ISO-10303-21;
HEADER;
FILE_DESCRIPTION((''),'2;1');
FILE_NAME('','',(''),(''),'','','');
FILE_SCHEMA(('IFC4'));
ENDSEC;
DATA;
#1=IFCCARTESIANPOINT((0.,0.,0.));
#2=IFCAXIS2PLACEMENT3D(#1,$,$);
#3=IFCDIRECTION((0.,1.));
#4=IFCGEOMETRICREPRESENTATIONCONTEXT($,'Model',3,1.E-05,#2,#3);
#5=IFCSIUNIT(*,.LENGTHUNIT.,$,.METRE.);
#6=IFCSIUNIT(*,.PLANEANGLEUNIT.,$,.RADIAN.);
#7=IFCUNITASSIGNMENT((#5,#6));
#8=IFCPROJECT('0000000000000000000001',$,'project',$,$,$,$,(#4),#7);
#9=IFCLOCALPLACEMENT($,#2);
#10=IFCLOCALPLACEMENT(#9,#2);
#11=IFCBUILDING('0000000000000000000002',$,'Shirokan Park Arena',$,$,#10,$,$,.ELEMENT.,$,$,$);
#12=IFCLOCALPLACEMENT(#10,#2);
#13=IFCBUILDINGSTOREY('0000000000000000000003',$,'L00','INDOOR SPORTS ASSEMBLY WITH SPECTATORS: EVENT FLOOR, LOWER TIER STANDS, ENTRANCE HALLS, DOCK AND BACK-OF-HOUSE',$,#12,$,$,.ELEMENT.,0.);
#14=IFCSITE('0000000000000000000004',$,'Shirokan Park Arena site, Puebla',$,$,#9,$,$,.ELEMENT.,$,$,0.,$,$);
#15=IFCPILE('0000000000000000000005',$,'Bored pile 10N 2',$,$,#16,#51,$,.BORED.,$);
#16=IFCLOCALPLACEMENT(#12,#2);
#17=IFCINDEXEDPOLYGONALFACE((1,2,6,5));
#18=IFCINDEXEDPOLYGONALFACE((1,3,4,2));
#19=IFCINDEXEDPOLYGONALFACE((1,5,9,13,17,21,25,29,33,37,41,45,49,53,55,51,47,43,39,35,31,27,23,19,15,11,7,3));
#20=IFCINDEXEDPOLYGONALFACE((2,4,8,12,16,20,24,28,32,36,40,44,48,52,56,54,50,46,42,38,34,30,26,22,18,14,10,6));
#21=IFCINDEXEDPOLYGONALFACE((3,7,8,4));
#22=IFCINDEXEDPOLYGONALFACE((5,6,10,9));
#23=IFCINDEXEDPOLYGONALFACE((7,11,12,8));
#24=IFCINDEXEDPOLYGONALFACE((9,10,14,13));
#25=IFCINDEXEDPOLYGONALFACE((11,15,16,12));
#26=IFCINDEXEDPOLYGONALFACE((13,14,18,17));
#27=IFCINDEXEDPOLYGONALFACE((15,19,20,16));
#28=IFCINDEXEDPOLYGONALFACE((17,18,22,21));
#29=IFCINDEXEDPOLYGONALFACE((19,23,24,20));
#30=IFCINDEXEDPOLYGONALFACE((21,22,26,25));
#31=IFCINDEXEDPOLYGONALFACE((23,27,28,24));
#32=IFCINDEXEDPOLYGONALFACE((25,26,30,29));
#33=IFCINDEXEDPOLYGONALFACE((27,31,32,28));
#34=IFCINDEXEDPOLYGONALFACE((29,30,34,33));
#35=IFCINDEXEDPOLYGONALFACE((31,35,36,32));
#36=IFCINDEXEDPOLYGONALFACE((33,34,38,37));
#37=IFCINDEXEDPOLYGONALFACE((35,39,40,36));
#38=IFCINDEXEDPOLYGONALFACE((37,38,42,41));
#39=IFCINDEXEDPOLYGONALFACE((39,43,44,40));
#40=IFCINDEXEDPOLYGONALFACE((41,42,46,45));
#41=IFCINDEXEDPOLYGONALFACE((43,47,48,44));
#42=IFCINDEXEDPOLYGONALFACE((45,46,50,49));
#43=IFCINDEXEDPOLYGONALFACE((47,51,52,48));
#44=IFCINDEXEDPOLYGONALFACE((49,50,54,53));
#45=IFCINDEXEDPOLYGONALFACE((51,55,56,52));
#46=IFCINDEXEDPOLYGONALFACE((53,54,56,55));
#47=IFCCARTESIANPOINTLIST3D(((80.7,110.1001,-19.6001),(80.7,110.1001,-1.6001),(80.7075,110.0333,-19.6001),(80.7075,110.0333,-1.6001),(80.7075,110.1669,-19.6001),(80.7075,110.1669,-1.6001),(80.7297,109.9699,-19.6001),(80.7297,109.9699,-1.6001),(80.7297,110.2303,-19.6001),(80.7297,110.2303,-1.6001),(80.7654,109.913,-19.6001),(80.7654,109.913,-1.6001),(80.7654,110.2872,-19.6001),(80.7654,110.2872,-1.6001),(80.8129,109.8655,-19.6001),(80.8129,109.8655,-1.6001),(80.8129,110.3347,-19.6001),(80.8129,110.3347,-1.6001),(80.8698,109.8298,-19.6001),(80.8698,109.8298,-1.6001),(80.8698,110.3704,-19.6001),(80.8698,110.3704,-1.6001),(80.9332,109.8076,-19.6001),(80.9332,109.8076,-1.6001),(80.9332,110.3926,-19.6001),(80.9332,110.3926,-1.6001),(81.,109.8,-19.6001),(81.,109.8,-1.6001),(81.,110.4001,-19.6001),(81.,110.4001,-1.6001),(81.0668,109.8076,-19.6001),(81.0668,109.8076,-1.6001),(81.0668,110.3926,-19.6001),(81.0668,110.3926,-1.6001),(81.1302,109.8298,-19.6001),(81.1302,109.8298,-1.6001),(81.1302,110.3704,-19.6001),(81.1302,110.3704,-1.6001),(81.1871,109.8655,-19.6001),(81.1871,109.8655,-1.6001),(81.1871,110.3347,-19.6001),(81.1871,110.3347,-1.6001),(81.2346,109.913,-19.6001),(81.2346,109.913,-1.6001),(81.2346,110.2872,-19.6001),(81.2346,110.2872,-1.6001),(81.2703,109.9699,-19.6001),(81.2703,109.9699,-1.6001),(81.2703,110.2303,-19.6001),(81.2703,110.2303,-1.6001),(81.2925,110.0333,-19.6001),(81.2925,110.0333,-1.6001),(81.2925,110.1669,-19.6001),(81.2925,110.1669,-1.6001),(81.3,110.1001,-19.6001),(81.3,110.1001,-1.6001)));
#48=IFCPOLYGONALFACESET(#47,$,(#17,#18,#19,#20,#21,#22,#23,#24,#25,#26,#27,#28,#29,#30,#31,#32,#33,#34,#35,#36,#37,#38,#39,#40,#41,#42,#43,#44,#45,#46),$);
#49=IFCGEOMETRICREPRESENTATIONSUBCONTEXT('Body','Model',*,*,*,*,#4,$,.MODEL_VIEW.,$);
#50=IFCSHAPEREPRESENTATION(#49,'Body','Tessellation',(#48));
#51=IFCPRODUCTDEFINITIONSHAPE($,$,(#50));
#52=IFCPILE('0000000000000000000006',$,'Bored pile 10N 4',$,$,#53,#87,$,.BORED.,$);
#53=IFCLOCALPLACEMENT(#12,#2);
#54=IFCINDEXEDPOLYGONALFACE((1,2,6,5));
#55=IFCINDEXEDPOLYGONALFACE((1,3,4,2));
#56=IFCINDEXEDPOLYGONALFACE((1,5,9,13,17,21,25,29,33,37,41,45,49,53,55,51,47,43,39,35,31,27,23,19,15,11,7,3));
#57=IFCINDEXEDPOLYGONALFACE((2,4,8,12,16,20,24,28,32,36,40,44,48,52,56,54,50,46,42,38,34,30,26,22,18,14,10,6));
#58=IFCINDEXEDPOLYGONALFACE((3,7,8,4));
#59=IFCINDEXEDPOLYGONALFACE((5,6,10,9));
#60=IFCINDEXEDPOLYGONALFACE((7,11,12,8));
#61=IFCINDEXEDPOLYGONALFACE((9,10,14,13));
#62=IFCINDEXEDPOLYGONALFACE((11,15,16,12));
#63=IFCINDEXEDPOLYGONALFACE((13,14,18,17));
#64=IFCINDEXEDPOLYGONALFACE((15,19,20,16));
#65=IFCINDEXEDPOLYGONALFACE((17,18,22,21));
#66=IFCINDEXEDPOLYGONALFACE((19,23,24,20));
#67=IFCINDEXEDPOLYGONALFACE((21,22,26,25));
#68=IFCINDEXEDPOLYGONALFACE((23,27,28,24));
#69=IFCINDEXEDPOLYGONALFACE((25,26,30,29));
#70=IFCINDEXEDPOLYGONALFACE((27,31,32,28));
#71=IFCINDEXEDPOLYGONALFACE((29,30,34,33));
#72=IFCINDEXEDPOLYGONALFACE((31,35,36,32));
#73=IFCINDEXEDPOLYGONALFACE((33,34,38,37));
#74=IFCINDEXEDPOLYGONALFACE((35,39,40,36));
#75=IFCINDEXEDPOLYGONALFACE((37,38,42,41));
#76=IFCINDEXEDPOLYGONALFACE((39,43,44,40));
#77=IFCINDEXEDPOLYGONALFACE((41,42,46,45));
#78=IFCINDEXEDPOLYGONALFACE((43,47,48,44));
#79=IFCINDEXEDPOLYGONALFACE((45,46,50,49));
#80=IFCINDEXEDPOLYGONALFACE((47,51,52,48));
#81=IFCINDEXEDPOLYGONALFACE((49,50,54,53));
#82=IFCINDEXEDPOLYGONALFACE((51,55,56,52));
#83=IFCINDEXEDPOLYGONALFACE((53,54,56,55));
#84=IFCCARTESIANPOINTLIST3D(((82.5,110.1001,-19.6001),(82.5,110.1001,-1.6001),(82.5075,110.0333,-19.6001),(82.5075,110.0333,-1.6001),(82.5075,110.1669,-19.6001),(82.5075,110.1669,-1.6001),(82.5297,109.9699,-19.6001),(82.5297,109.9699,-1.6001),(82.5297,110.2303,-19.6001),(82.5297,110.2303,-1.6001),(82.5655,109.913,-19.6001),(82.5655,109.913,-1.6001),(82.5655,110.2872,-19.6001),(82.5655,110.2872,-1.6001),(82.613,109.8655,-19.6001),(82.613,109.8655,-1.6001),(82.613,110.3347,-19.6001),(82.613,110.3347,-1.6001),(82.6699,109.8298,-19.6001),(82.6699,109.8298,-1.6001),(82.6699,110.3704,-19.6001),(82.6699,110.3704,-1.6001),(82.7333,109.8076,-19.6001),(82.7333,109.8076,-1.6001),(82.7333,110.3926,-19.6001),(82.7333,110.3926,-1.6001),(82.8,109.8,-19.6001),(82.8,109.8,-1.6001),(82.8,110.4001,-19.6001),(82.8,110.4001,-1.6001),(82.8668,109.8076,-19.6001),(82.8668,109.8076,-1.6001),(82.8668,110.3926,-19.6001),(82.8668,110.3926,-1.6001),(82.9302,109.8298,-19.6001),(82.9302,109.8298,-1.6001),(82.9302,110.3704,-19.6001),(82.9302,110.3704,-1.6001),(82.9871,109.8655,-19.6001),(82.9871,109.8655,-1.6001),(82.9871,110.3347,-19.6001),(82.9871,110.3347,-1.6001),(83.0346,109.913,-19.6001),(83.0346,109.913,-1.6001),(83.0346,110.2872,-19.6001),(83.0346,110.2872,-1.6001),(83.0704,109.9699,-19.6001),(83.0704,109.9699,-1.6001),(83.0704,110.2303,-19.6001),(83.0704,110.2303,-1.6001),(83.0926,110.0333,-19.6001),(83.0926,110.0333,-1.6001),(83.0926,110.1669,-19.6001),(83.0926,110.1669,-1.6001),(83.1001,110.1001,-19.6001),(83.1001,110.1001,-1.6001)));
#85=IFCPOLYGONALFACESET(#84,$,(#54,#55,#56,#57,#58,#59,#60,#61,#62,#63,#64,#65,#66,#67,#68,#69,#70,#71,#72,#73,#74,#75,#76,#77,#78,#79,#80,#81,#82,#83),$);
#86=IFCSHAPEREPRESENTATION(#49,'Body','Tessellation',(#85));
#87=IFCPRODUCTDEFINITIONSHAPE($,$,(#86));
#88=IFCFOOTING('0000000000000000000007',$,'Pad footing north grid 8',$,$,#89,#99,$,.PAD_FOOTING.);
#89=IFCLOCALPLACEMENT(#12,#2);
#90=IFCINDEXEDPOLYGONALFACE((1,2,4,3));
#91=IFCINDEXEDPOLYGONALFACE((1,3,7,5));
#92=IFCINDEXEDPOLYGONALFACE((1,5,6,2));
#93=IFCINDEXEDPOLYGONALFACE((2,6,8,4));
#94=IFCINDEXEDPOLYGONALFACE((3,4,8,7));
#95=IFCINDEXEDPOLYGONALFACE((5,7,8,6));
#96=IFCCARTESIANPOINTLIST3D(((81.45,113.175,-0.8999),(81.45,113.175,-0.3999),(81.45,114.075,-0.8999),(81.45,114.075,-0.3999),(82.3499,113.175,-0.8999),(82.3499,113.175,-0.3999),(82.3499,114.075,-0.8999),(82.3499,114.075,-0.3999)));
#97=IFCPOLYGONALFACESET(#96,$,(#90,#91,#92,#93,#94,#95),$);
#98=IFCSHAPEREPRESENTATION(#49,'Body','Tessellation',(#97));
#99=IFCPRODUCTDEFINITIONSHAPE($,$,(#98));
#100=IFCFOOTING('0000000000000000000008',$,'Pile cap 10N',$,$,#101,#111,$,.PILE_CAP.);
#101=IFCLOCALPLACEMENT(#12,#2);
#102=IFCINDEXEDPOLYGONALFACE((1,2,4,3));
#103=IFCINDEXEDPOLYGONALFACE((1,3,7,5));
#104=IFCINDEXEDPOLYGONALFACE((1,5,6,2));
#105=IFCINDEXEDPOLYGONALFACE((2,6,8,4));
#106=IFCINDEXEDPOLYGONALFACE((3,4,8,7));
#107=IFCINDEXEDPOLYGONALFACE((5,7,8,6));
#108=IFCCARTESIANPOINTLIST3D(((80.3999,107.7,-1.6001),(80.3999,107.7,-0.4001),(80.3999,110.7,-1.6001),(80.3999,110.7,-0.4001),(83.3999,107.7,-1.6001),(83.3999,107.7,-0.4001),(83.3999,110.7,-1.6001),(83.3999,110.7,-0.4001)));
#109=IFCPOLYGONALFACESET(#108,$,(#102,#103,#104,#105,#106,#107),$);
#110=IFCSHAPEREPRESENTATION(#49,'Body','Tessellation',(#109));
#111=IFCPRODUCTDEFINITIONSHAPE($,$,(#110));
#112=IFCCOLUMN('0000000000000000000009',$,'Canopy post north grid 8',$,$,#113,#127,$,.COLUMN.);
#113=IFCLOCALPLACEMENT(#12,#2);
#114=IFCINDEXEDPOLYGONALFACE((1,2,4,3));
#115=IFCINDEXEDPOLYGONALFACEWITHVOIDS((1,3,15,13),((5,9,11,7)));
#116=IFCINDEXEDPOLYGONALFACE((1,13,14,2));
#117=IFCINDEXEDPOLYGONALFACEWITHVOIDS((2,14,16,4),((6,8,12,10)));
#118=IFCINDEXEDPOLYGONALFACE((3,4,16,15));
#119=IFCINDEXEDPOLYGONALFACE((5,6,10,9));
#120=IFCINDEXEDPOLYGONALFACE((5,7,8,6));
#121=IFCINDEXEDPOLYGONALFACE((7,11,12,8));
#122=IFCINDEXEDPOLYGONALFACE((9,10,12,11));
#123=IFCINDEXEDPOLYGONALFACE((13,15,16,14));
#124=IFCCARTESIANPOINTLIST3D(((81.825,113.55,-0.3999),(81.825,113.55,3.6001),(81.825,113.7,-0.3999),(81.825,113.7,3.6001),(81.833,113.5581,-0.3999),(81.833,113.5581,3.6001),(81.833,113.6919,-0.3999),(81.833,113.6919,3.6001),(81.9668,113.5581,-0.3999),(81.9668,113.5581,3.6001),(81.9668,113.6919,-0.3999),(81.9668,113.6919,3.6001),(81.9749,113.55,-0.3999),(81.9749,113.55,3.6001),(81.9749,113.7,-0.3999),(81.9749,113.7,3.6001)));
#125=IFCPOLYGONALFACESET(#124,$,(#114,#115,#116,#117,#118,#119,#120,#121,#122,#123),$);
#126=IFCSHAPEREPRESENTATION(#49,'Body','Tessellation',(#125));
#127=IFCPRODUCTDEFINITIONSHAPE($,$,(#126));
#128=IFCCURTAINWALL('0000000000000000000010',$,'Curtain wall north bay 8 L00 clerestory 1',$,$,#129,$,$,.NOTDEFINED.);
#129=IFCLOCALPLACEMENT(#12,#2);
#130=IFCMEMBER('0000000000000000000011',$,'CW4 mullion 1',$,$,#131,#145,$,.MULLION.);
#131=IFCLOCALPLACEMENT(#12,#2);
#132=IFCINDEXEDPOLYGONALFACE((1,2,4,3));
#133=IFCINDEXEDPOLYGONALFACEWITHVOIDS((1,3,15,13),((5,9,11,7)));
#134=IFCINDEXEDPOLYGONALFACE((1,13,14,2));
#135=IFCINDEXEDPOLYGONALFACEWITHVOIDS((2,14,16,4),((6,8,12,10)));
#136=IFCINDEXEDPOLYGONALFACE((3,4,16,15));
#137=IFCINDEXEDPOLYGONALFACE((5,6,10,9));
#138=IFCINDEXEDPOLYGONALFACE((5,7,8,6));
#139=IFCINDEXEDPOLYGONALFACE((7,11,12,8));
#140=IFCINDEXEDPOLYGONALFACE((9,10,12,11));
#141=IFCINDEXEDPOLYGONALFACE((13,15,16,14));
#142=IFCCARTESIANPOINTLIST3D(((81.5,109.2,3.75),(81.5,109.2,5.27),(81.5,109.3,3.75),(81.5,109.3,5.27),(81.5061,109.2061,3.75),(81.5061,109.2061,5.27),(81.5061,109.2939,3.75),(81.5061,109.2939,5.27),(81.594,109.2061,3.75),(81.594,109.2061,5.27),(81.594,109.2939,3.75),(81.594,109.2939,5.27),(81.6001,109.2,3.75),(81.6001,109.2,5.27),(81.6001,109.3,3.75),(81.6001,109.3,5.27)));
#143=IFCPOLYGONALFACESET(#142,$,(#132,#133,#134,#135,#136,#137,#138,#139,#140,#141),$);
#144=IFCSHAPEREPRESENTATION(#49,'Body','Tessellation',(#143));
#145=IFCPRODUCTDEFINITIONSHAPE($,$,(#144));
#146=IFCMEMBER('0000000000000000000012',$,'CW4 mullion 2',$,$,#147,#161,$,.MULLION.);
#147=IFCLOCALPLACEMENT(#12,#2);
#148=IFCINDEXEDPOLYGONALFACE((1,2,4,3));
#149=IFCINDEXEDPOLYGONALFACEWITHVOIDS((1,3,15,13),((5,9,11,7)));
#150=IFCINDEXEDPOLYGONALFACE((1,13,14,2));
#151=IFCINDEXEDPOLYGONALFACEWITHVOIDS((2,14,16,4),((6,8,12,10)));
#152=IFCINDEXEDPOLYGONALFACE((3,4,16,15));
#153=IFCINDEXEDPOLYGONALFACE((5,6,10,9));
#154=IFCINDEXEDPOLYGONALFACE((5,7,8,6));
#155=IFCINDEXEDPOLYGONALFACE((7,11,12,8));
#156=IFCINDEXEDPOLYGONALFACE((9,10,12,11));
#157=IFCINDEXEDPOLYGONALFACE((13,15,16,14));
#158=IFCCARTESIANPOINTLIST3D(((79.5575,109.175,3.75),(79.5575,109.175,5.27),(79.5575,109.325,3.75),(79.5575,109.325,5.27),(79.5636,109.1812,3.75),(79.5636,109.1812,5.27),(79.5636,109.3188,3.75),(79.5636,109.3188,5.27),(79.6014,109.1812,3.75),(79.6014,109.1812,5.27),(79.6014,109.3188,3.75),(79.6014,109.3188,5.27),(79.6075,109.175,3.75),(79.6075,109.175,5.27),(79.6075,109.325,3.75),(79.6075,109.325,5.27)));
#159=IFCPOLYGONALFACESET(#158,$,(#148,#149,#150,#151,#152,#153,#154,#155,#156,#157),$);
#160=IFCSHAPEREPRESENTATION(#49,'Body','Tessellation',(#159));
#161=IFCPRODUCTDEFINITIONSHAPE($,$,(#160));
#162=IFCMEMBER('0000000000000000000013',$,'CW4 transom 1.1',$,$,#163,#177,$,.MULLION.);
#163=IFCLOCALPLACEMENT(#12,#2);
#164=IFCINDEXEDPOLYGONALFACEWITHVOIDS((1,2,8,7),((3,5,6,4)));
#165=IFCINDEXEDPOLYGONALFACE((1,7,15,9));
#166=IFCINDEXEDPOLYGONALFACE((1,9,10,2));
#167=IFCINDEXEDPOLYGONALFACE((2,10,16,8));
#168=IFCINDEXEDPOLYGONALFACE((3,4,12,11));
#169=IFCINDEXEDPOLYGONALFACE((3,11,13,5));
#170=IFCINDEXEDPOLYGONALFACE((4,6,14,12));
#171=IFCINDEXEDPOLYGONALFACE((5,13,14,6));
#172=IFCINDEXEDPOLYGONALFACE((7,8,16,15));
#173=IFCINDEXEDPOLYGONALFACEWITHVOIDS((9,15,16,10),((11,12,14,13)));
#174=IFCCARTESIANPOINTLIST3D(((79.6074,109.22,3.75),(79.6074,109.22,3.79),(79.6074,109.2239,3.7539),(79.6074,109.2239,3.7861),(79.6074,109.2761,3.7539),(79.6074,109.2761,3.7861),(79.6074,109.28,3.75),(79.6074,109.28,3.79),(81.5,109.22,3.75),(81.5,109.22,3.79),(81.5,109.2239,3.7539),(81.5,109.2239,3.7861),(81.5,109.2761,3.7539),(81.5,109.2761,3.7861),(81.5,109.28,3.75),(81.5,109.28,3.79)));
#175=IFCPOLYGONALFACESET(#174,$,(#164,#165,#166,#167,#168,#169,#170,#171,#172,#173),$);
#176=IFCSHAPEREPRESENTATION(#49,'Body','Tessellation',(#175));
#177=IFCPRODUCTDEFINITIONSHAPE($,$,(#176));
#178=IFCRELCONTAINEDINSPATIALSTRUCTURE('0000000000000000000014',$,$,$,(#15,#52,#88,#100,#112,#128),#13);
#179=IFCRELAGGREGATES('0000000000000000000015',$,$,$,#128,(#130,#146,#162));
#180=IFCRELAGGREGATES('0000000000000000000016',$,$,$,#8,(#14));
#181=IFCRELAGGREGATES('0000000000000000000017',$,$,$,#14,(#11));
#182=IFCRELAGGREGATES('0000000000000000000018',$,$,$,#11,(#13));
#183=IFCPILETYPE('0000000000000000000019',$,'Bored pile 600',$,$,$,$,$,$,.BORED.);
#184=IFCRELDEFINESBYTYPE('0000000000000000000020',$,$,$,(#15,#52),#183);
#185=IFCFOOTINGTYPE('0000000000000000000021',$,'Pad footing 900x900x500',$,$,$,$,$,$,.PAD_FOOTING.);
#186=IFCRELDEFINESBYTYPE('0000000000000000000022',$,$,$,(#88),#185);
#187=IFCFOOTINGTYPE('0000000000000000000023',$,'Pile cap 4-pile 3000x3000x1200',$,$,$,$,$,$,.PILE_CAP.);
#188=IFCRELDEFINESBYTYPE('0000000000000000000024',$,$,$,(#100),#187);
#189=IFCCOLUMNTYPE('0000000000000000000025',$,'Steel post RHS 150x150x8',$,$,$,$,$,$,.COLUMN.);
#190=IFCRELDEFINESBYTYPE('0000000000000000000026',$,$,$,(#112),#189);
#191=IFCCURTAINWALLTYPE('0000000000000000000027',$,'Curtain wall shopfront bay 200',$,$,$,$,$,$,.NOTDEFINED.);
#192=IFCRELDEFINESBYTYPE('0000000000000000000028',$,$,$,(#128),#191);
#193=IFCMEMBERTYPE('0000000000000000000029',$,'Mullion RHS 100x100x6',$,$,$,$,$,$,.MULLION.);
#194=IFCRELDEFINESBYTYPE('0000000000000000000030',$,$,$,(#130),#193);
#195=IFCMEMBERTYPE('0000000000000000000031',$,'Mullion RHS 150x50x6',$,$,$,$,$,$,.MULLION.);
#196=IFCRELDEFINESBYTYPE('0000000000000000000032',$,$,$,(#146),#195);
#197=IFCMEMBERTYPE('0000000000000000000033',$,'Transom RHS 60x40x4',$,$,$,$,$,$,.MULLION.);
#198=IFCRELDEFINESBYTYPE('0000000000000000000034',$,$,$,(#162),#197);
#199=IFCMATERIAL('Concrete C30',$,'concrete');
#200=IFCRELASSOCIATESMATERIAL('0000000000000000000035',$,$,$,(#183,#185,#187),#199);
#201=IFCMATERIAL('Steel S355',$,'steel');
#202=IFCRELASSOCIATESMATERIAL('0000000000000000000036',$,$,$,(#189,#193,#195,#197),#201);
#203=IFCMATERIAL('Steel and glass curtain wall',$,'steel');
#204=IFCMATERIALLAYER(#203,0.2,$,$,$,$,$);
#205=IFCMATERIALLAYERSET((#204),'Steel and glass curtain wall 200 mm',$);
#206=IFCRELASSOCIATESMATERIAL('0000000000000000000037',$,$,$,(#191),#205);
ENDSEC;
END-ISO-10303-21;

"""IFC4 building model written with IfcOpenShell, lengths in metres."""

from ifc_helpers import new_model, si_unit, direction, frame, origin, origin_2d, place, context, subcontext, project, spatial, rectangle, hollow_rectangle, circle, extrude, material, layer, layer_set, material_profile, profile_set, type_object, element, aggregate, save


model = new_model("IFC4")

# Units and contexts
model_context = context("Model", 3, precision=1e-05, world=origin(), true_north=direction((0.0, 1.0)))
body_context = subcontext(model_context, "Body", "Model", "MODEL_VIEW")
ifc_project = project(units=[si_unit("LENGTHUNIT", "METRE"), si_unit("PLANEANGLEUNIT", "RADIAN")], contexts=[model_context])

# Site, building, storey
site_placement = place(None, origin())
site = spatial("IfcSite", under=ifc_project, at=site_placement, Name="Shirokan Park Arena site, Puebla", CompositionType="ELEMENT", RefElevation=0.0)
building_placement = place(site_placement, origin())
building = spatial("IfcBuilding", under=site, at=building_placement, Name="Shirokan Park Arena", CompositionType="ELEMENT")
storey_placement = place(building_placement, origin())
storey = spatial("IfcBuildingStorey", under=building, at=storey_placement, Name="L00", Description="INDOOR SPORTS ASSEMBLY WITH SPECTATORS: EVENT FLOOR, LOWER TIER STANDS, ENTRANCE HALLS, DOCK AND BACK-OF-HOUSE", CompositionType="ELEMENT", Elevation=0.0)

# Piles
ifc_material_1 = material(Name="Concrete C30", Category="concrete")
ifc_material_profile_1 = material_profile(ifc_material_1, circle(Radius=0.3, at=origin_2d()), Name="D600")
ifc_profile_set_1 = profile_set([ifc_material_profile_1], Name="Concrete C30")
pile_type = type_object("IfcPileType", Name="Bored pile 600", PredefinedType="BORED", material=ifc_profile_set_1)
for number, where, z_axis, x_axis, name in (
    (1, (81.0, 110.1001, -1.6001), (0.0, 0.0, -1.0), (1.0, 0.0, 0.0), "Bored pile 10N 2"),
    (2, (82.8, 110.1001, -1.6001), (0.0, 0.0, -1.0), (1.0, 0.0, 0.0), "Bored pile 10N 4"),
):
    element("IfcPile", number, at=place(storey_placement, frame(where, z_axis=z_axis, x_axis=x_axis)), inside=storey, type_object=pile_type, Name=name, PredefinedType="BORED", context=body_context, shape_type="SweptSolid", body=[
        extrude(circle(Radius=0.3, at=origin_2d()), origin(), (0.0, 0.0, 1.0), 18.0),
    ])

# Footings
footing_type_1 = type_object("IfcFootingType", Name="Pad footing 900x900x500", PredefinedType="PAD_FOOTING", material=ifc_material_1)
footing_1_placement = place(storey_placement, frame((81.8999, 113.625, -0.8999), z_axis=(0.0, 0.0, 1.0), x_axis=(1.0, 0.0, 0.0)))
element("IfcFooting", 3, at=footing_1_placement, inside=storey, type_object=footing_type_1, Name="Pad footing north grid 8", PredefinedType="PAD_FOOTING", context=body_context, shape_type="SweptSolid", body=[
    extrude(rectangle(XDim=0.8999, YDim=0.8999, at=origin_2d()), origin(), (0.0, 0.0, 1.0), 0.5),
])
footing_type_2 = type_object("IfcFootingType", Name="Pile cap 4-pile 3000x3000x1200", PredefinedType="PILE_CAP", material=ifc_material_1)
footing_2_placement = place(storey_placement, frame((81.8999, 109.2, -1.6001), z_axis=(0.0, 0.0, 1.0), x_axis=(1.0, 0.0, 0.0)))
element("IfcFooting", 4, at=footing_2_placement, inside=storey, type_object=footing_type_2, Name="Pile cap 10N", PredefinedType="PILE_CAP", context=body_context, shape_type="SweptSolid", body=[
    extrude(rectangle(XDim=3.0, YDim=3.0, at=origin_2d()), origin(), (0.0, 0.0, 1.0), 1.2),
])

# Column
ifc_material_2 = material(Name="Steel S355", Category="steel")
ifc_material_profile_2 = material_profile(ifc_material_2, hollow_rectangle(XDim=0.1499, YDim=0.1499, WallThickness=0.0081, at=origin_2d()), Name="RHS 150x150x8")
ifc_profile_set_2 = profile_set([ifc_material_profile_2], Name="Steel S355")
column_type = type_object("IfcColumnType", Name="Steel post RHS 150x150x8", PredefinedType="COLUMN", material=ifc_profile_set_2)
column_placement = place(storey_placement, frame((81.8999, 113.625, -0.3999), z_axis=(0.0, 0.0, 1.0), x_axis=(1.0, 0.0, 0.0)))
element("IfcColumn", 5, at=column_placement, inside=storey, type_object=column_type, Name="Canopy post north grid 8", PredefinedType="COLUMN", context=body_context, shape_type="SweptSolid", body=[
    extrude(hollow_rectangle(XDim=0.1499, YDim=0.1499, WallThickness=0.0081, at=origin_2d()), origin(), (0.0, 0.0, 1.0), 4.0),
])

# Curtain wall, members
ifc_material_3 = material(Name="Steel and glass curtain wall", Category="steel")
ifc_layer_1 = layer(ifc_material_3, 0.2)
ifc_layer_set_1 = layer_set([ifc_layer_1], Name="Steel and glass curtain wall 200 mm")
curtain_wall_type = type_object("IfcCurtainWallType", Name="Curtain wall shopfront bay 200", PredefinedType="NOTDEFINED", material=ifc_layer_set_1)
curtain_wall_1_placement = place(storey_placement, origin())
curtain_wall_1 = element("IfcCurtainWall", 6, at=curtain_wall_1_placement, inside=storey, type_object=curtain_wall_type, Name="Curtain wall north bay 8 L00 clerestory 1", PredefinedType="NOTDEFINED")
ifc_material_profile_3 = material_profile(ifc_material_2, hollow_rectangle(XDim=0.1001, YDim=0.1001, WallThickness=0.0061, at=origin_2d()), Name="RHS 100x100x6")
ifc_profile_set_3 = profile_set([ifc_material_profile_3], Name="Steel S355")
member_type_1 = type_object("IfcMemberType", Name="Mullion RHS 100x100x6", PredefinedType="MULLION", material=ifc_profile_set_3)
member_1_placement = place(storey_placement, frame((81.55, 109.25, 3.75), z_axis=(0.0, 0.0, 1.0), x_axis=(0.0, -1.0, 0.0)))
member_1 = element("IfcMember", 7, at=member_1_placement, type_object=member_type_1, Name="CW4 mullion 1", PredefinedType="MULLION", context=body_context, shape_type="SweptSolid", body=[
    extrude(hollow_rectangle(XDim=0.1001, YDim=0.1001, WallThickness=0.0061, at=origin_2d()), origin(), (0.0, 0.0, 1.0), 1.52),
])
ifc_material_profile_4 = material_profile(ifc_material_2, hollow_rectangle(XDim=0.1499, YDim=0.05, WallThickness=0.0061, at=origin_2d()), Name="RHS 150x50x6")
ifc_profile_set_4 = profile_set([ifc_material_profile_4], Name="Steel S355")
member_type_2 = type_object("IfcMemberType", Name="Mullion RHS 150x50x6", PredefinedType="MULLION", material=ifc_profile_set_4)
member_2_placement = place(storey_placement, frame((79.5825, 109.25, 3.75), z_axis=(0.0, 0.0, 1.0), x_axis=(0.0, -1.0, 0.0)))
member_2 = element("IfcMember", 8, at=member_2_placement, type_object=member_type_2, Name="CW4 mullion 2", PredefinedType="MULLION", context=body_context, shape_type="SweptSolid", body=[
    extrude(hollow_rectangle(XDim=0.1499, YDim=0.05, WallThickness=0.0061, at=origin_2d()), origin(), (0.0, 0.0, 1.0), 1.52),
])
ifc_material_profile_5 = material_profile(ifc_material_2, hollow_rectangle(XDim=0.0601, YDim=0.04, WallThickness=0.0039, at=origin_2d()), Name="RHS 60x40x4")
ifc_profile_set_5 = profile_set([ifc_material_profile_5], Name="Steel S355")
member_type_3 = type_object("IfcMemberType", Name="Transom RHS 60x40x4", PredefinedType="MULLION", material=ifc_profile_set_5)
member_3_placement = place(storey_placement, frame((81.5, 109.25, 3.77), z_axis=(-1.0, 0.0, 0.0), x_axis=(0.0, -1.0, 0.0)))
member_3 = element("IfcMember", 9, at=member_3_placement, type_object=member_type_3, Name="CW4 transom 1.1", PredefinedType="MULLION", context=body_context, shape_type="SweptSolid", body=[
    extrude(hollow_rectangle(XDim=0.0601, YDim=0.04, WallThickness=0.0039, at=origin_2d()), origin(), (0.0, 0.0, 1.0), 1.8926),
])

aggregate(curtain_wall_1, [member_1, member_2, member_3])

save(model, "model.ifc")
